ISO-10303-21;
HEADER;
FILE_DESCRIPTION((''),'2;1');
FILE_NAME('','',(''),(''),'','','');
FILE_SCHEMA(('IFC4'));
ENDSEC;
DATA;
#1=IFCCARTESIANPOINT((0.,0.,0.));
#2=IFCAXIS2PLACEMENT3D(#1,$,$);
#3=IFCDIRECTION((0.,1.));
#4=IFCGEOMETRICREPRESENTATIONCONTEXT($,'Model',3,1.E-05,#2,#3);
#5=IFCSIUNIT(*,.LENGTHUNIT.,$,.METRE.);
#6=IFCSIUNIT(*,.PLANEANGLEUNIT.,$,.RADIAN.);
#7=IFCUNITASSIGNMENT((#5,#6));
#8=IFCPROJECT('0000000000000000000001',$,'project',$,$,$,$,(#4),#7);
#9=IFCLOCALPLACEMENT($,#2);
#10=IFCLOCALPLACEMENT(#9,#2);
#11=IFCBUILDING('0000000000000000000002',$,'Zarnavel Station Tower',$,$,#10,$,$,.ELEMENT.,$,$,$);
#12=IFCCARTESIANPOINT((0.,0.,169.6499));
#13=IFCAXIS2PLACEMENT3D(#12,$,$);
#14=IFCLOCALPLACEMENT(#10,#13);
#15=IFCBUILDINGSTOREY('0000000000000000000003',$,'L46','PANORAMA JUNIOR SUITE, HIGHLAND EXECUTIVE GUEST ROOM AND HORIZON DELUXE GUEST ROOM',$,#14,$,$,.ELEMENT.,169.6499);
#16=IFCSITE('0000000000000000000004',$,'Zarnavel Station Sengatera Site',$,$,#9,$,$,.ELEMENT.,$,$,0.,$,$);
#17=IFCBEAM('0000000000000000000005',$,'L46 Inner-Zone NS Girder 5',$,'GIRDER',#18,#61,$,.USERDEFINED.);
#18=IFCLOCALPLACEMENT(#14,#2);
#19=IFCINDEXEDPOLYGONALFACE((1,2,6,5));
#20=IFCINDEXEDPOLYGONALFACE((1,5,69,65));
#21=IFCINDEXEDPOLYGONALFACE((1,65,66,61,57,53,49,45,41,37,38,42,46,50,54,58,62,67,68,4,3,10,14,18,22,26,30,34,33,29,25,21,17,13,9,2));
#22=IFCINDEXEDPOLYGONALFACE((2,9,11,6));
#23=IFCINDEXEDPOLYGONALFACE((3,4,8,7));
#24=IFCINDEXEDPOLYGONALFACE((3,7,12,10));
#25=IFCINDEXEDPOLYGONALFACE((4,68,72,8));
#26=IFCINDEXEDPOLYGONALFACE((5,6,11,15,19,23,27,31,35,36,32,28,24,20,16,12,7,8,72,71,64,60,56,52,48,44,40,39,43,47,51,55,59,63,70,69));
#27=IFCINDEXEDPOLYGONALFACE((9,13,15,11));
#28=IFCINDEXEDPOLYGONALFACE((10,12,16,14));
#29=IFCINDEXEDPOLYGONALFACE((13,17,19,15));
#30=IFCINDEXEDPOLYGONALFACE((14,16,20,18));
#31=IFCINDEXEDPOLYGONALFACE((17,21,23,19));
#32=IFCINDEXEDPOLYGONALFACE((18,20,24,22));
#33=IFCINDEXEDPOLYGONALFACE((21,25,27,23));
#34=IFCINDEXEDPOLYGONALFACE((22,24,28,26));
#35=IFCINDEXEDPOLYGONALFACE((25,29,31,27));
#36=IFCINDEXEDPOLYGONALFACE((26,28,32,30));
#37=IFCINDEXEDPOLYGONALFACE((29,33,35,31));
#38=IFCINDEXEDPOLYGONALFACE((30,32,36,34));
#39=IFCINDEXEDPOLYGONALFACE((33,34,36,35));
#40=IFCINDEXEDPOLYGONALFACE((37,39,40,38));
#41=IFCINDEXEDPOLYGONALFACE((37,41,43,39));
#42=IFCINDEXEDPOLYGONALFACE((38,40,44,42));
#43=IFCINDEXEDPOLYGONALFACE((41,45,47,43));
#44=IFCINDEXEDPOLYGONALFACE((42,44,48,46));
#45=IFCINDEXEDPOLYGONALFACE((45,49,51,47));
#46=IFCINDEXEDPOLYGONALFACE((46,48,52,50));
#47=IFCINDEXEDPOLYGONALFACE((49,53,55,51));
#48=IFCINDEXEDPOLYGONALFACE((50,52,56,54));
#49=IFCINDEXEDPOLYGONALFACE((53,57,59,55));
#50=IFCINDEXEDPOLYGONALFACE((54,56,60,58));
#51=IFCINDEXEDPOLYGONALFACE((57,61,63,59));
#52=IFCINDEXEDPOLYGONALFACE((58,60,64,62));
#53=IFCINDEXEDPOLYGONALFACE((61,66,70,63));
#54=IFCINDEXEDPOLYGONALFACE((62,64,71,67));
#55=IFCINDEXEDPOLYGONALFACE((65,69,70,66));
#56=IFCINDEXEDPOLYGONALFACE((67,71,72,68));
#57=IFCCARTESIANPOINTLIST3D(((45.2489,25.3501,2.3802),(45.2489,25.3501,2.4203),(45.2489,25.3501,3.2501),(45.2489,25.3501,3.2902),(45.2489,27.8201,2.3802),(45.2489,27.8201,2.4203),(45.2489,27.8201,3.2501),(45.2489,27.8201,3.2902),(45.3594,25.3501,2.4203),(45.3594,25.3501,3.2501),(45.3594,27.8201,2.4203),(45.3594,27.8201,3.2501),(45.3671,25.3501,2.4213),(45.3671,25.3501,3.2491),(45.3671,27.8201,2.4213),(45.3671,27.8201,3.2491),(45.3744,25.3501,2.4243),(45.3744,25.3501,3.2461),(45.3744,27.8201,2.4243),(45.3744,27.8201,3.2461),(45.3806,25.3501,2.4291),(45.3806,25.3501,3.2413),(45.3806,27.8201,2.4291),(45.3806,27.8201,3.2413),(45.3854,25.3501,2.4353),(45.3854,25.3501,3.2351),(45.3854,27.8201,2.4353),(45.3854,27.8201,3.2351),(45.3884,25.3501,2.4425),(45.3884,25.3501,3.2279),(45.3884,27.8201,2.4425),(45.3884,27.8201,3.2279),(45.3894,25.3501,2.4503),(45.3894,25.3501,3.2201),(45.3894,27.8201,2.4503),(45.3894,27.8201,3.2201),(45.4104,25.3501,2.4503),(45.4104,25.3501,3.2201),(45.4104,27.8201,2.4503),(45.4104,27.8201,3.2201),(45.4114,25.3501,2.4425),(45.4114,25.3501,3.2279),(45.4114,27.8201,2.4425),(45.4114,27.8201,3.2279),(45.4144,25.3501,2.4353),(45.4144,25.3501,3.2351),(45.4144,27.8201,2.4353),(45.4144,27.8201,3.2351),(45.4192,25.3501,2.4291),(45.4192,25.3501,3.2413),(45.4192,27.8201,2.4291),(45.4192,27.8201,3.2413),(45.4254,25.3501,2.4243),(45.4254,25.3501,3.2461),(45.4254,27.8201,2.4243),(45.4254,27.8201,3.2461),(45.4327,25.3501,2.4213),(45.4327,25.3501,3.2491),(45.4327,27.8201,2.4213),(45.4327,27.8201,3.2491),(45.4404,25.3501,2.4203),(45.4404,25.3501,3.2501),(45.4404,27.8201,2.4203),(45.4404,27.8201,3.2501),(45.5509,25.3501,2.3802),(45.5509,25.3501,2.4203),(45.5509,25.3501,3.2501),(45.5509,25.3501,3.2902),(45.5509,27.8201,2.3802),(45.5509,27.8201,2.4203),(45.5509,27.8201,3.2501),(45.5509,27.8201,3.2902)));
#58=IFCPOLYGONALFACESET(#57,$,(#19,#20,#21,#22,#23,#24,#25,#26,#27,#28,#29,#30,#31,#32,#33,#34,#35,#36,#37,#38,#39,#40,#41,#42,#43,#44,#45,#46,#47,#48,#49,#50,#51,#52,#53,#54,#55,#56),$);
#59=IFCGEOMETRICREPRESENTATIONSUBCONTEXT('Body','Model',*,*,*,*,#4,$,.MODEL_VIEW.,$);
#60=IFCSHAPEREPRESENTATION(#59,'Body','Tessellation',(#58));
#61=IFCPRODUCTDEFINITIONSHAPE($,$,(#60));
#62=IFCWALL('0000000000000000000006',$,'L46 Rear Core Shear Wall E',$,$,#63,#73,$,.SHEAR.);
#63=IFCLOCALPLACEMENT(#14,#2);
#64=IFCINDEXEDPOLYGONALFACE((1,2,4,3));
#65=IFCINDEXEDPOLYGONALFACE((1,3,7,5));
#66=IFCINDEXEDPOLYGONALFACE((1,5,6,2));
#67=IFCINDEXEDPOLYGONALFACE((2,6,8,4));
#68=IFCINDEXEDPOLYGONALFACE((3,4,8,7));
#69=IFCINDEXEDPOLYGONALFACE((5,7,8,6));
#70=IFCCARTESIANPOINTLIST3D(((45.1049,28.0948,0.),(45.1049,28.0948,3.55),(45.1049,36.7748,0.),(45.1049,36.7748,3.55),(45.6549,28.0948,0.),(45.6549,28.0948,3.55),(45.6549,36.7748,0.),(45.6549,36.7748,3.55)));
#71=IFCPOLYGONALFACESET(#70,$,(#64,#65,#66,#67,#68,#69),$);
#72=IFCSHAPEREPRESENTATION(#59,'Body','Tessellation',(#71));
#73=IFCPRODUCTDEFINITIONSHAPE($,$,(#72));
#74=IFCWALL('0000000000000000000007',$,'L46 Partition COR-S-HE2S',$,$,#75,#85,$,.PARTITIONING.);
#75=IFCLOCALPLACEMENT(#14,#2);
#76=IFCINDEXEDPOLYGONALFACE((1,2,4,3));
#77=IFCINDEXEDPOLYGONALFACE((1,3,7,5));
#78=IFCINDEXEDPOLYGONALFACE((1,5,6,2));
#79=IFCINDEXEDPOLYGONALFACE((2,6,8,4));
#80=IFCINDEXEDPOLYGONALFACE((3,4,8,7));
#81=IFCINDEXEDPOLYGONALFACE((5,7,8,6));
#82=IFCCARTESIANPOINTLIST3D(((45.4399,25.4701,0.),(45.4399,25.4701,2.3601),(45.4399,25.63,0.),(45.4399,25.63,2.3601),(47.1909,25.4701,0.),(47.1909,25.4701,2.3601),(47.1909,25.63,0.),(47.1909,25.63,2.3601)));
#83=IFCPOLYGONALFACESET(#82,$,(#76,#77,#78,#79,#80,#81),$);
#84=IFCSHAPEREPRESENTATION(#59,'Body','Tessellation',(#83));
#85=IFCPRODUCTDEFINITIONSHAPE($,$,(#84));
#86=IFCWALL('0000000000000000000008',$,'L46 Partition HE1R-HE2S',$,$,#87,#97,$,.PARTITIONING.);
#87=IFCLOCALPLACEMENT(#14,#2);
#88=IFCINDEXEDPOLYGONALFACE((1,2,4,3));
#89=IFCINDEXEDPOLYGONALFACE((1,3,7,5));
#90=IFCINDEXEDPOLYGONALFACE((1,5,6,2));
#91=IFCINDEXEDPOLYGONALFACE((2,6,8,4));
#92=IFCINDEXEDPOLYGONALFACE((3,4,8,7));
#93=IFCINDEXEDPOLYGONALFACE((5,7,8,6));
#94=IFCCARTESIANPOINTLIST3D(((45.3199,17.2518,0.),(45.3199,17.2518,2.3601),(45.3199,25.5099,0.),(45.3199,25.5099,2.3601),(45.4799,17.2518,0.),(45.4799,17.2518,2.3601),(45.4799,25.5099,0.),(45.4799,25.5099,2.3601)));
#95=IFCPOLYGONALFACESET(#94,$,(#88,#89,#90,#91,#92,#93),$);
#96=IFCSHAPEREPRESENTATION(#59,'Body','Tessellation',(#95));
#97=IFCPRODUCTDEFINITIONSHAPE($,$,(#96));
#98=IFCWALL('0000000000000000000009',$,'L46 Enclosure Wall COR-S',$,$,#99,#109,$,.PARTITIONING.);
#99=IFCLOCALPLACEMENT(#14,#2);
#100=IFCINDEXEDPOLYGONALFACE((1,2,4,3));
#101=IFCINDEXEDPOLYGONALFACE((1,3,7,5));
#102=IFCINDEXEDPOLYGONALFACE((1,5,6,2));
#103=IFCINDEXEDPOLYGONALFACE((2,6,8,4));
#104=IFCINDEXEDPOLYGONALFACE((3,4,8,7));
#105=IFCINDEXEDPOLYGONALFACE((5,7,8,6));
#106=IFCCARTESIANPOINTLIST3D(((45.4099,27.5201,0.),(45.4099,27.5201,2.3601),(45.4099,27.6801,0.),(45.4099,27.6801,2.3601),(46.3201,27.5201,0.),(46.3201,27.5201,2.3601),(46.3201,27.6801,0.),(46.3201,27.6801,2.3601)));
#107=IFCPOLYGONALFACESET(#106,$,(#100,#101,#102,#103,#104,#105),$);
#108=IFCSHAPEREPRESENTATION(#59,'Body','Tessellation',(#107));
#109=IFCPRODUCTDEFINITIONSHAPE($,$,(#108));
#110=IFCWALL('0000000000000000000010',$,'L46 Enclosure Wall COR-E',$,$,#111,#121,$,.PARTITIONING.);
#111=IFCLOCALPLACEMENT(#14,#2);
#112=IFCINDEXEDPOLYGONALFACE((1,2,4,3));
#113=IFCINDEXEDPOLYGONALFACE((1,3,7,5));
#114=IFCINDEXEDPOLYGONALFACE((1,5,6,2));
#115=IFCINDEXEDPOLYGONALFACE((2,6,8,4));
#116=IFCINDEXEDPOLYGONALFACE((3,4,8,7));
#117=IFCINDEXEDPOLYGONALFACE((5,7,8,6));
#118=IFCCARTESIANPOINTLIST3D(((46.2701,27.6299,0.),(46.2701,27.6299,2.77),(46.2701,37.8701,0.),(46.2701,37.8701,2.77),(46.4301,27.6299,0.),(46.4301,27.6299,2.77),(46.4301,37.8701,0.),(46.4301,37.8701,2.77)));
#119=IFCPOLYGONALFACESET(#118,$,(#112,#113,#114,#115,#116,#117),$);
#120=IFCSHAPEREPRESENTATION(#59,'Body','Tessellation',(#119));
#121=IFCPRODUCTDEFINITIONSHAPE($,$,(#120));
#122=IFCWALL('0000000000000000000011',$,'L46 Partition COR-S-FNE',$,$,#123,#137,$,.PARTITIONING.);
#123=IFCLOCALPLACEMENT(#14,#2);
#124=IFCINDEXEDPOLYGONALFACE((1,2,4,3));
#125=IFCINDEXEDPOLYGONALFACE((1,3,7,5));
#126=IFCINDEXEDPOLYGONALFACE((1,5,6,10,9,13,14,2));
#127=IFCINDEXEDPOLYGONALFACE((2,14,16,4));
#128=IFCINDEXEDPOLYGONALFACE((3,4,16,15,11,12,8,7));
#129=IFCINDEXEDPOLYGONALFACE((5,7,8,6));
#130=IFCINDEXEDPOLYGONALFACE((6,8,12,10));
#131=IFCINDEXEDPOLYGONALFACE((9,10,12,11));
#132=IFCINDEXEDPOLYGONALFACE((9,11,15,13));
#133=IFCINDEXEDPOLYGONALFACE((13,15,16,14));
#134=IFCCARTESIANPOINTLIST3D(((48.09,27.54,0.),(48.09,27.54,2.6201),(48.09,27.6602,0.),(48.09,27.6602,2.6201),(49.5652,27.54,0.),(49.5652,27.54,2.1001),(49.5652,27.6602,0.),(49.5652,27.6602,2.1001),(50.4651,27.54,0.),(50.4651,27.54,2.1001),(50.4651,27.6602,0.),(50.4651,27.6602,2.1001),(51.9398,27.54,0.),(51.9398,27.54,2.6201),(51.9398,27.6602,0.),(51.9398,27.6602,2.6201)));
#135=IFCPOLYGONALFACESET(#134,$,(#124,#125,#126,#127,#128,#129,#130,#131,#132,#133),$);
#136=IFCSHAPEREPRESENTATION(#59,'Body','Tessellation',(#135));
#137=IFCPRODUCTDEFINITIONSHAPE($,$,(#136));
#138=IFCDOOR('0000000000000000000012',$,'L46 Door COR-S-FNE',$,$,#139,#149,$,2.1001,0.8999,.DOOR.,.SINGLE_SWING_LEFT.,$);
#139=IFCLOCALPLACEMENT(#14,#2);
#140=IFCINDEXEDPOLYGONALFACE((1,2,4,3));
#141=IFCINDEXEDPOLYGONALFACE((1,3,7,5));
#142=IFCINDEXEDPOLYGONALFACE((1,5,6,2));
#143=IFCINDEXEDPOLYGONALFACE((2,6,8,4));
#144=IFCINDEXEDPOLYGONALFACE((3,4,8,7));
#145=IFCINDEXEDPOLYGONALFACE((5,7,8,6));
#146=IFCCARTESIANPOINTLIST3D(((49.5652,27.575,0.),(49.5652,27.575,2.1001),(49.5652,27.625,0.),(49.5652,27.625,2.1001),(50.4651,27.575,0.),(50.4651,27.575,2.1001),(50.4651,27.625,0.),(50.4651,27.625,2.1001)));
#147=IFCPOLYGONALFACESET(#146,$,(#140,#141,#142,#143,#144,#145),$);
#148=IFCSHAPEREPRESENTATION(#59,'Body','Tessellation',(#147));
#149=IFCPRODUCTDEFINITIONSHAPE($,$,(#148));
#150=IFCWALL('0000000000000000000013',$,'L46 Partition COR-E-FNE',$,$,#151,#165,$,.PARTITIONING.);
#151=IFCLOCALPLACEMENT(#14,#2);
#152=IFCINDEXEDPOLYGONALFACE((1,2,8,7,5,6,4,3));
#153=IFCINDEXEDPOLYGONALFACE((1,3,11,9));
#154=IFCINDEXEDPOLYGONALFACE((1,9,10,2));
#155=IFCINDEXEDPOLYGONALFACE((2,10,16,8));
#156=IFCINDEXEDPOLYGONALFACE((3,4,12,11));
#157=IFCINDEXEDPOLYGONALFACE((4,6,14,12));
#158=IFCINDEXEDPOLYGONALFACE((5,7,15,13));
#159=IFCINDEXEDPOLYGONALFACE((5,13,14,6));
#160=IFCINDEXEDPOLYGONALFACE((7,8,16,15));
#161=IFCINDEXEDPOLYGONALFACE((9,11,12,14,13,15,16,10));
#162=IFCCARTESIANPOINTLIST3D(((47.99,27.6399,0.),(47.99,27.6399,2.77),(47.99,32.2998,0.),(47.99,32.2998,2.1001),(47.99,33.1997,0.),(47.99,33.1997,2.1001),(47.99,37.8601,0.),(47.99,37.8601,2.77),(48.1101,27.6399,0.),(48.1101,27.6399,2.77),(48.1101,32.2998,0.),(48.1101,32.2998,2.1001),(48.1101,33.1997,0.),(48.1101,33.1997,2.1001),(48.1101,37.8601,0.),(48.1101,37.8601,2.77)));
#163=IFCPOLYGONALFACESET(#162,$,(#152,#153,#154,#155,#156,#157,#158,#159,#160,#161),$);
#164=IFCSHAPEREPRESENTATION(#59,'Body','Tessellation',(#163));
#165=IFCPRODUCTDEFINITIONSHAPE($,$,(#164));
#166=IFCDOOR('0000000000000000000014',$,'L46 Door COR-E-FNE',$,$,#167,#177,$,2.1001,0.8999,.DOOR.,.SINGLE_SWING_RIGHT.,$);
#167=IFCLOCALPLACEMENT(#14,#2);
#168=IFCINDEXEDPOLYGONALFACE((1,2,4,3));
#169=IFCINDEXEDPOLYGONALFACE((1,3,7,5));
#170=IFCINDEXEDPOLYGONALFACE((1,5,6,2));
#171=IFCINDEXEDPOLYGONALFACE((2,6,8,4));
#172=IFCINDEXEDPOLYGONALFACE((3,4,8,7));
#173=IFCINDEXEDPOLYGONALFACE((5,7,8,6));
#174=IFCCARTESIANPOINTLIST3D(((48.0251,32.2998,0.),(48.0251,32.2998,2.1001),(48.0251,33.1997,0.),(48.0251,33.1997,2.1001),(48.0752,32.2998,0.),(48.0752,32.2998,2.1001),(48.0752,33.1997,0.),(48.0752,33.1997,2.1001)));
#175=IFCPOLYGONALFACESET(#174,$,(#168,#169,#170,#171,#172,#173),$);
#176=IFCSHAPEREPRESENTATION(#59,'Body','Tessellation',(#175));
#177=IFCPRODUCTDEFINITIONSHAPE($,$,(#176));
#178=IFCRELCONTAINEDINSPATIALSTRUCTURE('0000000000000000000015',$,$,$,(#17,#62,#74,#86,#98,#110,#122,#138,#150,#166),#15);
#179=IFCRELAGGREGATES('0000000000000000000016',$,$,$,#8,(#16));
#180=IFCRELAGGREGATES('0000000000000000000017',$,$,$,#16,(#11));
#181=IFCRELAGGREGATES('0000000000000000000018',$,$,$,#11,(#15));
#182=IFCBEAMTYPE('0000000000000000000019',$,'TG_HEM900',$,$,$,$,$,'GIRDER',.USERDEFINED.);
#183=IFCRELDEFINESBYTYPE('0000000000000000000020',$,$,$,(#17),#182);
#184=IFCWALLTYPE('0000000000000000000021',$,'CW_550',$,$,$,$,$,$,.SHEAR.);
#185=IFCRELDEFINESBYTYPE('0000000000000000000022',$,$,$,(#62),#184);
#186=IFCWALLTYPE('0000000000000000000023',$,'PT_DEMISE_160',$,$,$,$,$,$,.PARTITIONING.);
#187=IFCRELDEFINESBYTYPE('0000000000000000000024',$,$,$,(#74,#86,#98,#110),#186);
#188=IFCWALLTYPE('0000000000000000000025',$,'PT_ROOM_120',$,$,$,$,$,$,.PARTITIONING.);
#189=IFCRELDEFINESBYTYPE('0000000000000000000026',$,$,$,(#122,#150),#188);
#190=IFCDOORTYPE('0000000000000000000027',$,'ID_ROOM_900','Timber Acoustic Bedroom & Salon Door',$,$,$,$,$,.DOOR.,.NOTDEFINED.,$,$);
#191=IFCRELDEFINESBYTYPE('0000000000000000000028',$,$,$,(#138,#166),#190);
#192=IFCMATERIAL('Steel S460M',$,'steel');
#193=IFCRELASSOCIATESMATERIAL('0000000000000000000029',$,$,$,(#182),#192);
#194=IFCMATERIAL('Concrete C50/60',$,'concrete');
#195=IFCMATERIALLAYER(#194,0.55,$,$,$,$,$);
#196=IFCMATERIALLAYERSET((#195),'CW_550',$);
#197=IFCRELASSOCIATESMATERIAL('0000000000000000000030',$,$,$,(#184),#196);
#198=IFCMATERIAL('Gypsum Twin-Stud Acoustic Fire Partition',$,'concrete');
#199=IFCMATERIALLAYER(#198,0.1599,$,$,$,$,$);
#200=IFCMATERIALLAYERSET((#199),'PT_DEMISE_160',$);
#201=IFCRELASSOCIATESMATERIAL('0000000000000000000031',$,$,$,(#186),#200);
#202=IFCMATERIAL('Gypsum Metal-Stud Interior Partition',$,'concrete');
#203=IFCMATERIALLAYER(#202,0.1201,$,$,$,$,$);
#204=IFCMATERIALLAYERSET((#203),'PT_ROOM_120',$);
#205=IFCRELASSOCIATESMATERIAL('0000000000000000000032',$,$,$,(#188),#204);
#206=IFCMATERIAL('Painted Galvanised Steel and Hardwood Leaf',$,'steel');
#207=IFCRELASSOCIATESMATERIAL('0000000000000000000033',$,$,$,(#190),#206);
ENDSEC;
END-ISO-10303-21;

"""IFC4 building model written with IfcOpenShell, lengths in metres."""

from ifc_helpers import new_model, si_unit, direction, frame, frame_2d, origin, origin_2d, place, context, subcontext, project, spatial, rectangle, i_section, extrude, material, layer, layer_set, material_profile, profile_set, type_object, element, fill, save


model = new_model("IFC4")

# Units and contexts
model_context = context("Model", 3, precision=1e-05, world=origin(), true_north=direction((0.0, 1.0)))
body_context = subcontext(model_context, "Body", "Model", "MODEL_VIEW")
ifc_project = project(units=[si_unit("LENGTHUNIT", "METRE"), si_unit("PLANEANGLEUNIT", "RADIAN")], contexts=[model_context])

# Site, building, storey
site_placement = place(None, origin())
site = spatial("IfcSite", under=ifc_project, at=site_placement, Name="Zarnavel Station Sengatera Site", CompositionType="ELEMENT", RefElevation=0.0)
building_placement = place(site_placement, origin())
building = spatial("IfcBuilding", under=site, at=building_placement, Name="Zarnavel Station Tower", CompositionType="ELEMENT")
storey_placement = place(building_placement, frame((0.0, 0.0, 169.6499)))
storey = spatial("IfcBuildingStorey", under=building, at=storey_placement, Name="L46", Description="PANORAMA JUNIOR SUITE, HIGHLAND EXECUTIVE GUEST ROOM AND HORIZON DELUXE GUEST ROOM", CompositionType="ELEMENT", Elevation=169.6499)

# Beam
ifc_material_1 = material(Name="Steel S460M", Category="steel")
ifc_material_profile_1 = material_profile(ifc_material_1, i_section(OverallWidth=0.302, OverallDepth=0.9099, WebThickness=0.021, FlangeThickness=0.04, FilletRadius=0.03, at=origin_2d()), Name="HEM900")
ifc_profile_set_1 = profile_set([ifc_material_profile_1], Name="Steel S460M")
beam_type_1 = type_object("IfcBeamType", Name="TG_HEM900", ElementType="GIRDER", PredefinedType="USERDEFINED", material=ifc_profile_set_1)
beam_1_placement = place(storey_placement, frame((45.3999, 25.3501, 2.8352), z_axis=(0.0, 1.0, 0.0), x_axis=(-1.0, 0.0, 0.0)))
element("IfcBeam", 1, at=beam_1_placement, inside=storey, type_object=beam_type_1, Name="L46 Inner-Zone NS Girder 5", ObjectType="GIRDER", PredefinedType="USERDEFINED", context=body_context, shape_type="SweptSolid", body=[
    extrude(i_section(OverallWidth=0.302, OverallDepth=0.9099, WebThickness=0.021, FlangeThickness=0.04, FilletRadius=0.03, at=origin_2d()), origin(), (0.0, 0.0, 1.0), 2.47),
])

# Shared definitions
ifc_material_2 = material(Name="Concrete C50/60", Category="concrete")
ifc_layer_1 = layer(ifc_material_2, 0.55)
ifc_layer_set_1 = layer_set([ifc_layer_1], Name="CW_550")
wall_type_1 = type_object("IfcWallType", Name="CW_550", PredefinedType="SHEAR", material=ifc_layer_set_1)

# Wall
wall_1_placement = place(storey_placement, frame((45.3799, 28.095, 0.0), z_axis=(0.0, 0.0, 1.0), x_axis=(0.0, 1.0, 0.0)))
element("IfcWall", 2, at=wall_1_placement, inside=storey, type_object=wall_type_1, Name="L46 Rear Core Shear Wall E", PredefinedType="SHEAR", context=body_context, shape_type="SweptSolid", body=[
    extrude(rectangle(XDim=8.6799, YDim=0.55, at=frame_2d((4.3398, 0.0))), origin(), (0.0, 0.0, 1.0), 3.55),
])

# Shared definitions
ifc_material_3 = material(Name="Gypsum Twin-Stud Acoustic Fire Partition", Category="concrete")
ifc_layer_2 = layer(ifc_material_3, 0.1599)
ifc_layer_set_2 = layer_set([ifc_layer_2], Name="PT_DEMISE_160")
wall_type_2 = type_object("IfcWallType", Name="PT_DEMISE_160", PredefinedType="PARTITIONING", material=ifc_layer_set_2)

# Walls
wall_2_placement = place(storey_placement, frame((45.4399, 25.55, 0.0), z_axis=(0.0, 0.0, 1.0), x_axis=(1.0, 0.0, 0.0)))
element("IfcWall", 3, at=wall_2_placement, inside=storey, type_object=wall_type_2, Name="L46 Partition COR-S-HE2S", PredefinedType="PARTITIONING", context=body_context, shape_type="SweptSolid", body=[
    extrude(rectangle(XDim=1.751, YDim=0.1599, at=frame_2d((0.8755, 0.0))), origin(), (0.0, 0.0, 1.0), 2.3601),
])
wall_3_placement = place(storey_placement, frame((45.3999, 17.252, 0.0), z_axis=(0.0, 0.0, 1.0), x_axis=(0.0, 1.0, 0.0)))
element("IfcWall", 4, at=wall_3_placement, inside=storey, type_object=wall_type_2, Name="L46 Partition HE1R-HE2S", PredefinedType="PARTITIONING", context=body_context, shape_type="SweptSolid", body=[
    extrude(rectangle(XDim=8.2581, YDim=0.1599, at=frame_2d((4.1289, 0.0))), origin(), (0.0, 0.0, 1.0), 2.3601),
])
wall_4_placement = place(storey_placement, frame((45.4099, 27.6001, 0.0), z_axis=(0.0, 0.0, 1.0), x_axis=(1.0, 0.0, 0.0)))
element("IfcWall", 5, at=wall_4_placement, inside=storey, type_object=wall_type_2, Name="L46 Enclosure Wall COR-S", PredefinedType="PARTITIONING", context=body_context, shape_type="SweptSolid", body=[
    extrude(rectangle(XDim=0.9102, YDim=0.1599, at=frame_2d((0.4551, 0.0))), origin(), (0.0, 0.0, 1.0), 2.3601),
])
wall_5_placement = place(storey_placement, frame((46.3501, 27.6299, 0.0), z_axis=(0.0, 0.0, 1.0), x_axis=(0.0, 1.0, 0.0)))
element("IfcWall", 6, at=wall_5_placement, inside=storey, type_object=wall_type_2, Name="L46 Enclosure Wall COR-E", PredefinedType="PARTITIONING", context=body_context, shape_type="SweptSolid", body=[
    extrude(rectangle(XDim=10.2402, YDim=0.1599, at=frame_2d((5.1201, 0.0))), origin(), (0.0, 0.0, 1.0), 2.77),
])

# Walls, openings, doors
ifc_material_4 = material(Name="Gypsum Metal-Stud Interior Partition", Category="concrete")
ifc_layer_3 = layer(ifc_material_4, 0.1201)
ifc_layer_set_3 = layer_set([ifc_layer_3], Name="PT_ROOM_120")
wall_type_3 = type_object("IfcWallType", Name="PT_ROOM_120", PredefinedType="PARTITIONING", material=ifc_layer_set_3)
wall_6_placement = place(storey_placement, frame((48.0901, 27.6001, 0.0), z_axis=(0.0, 0.0, 1.0), x_axis=(1.0, 0.0, 0.0)))
wall_6 = element("IfcWall", 7, at=wall_6_placement, inside=storey, type_object=wall_type_3, Name="L46 Partition COR-S-FNE", PredefinedType="PARTITIONING", context=body_context, shape_type="SweptSolid", body=[
    extrude(rectangle(XDim=3.8499, YDim=0.1201, at=frame_2d((1.9248, 0.0))), origin(), (0.0, 0.0, 1.0), 2.6201),
])
opening_1_placement = place(wall_6_placement, frame((1.4751, 0.0, 0.0)))
opening_1 = element("IfcOpeningElement", 8, at=opening_1_placement, cuts=wall_6, PredefinedType="OPENING", context=body_context, shape_type="SweptSolid", body=[
    extrude(rectangle(XDim=0.8999, YDim=2.1001, at=frame_2d((0.45, 1.05))), frame((0.0, 0.0701, 0.0), z_axis=(0.0, -1.0, 0.0), x_axis=(1.0, 0.0, 0.0)), (0.0, 0.0, 1.0), 0.1401),
])
ifc_material_5 = material(Name="Painted Galvanised Steel and Hardwood Leaf", Category="steel")
door_type_1 = type_object("IfcDoorType", Name="ID_ROOM_900", Description="Timber Acoustic Bedroom & Salon Door", OperationType="NOTDEFINED", PredefinedType="DOOR", material=ifc_material_5)
door_1_placement = place(opening_1_placement, origin())
door_1 = element("IfcDoor", 9, at=door_1_placement, inside=storey, type_object=door_type_1, Name="L46 Door COR-S-FNE", OperationType="SINGLE_SWING_LEFT", OverallHeight=2.1001, OverallWidth=0.8999, PredefinedType="DOOR", context=body_context, shape_type="SweptSolid", body=[
    extrude(rectangle(XDim=0.8999, YDim=2.1001, at=frame_2d((0.45, 1.05))), frame((0.0, 0.0249, 0.0), z_axis=(0.0, -1.0, 0.0), x_axis=(1.0, 0.0, 0.0)), (0.0, 0.0, 1.0), 0.05),
])
fill(opening_1, door_1)
wall_7_placement = place(storey_placement, frame((48.05, 27.6399, 0.0), z_axis=(0.0, 0.0, 1.0), x_axis=(0.0, 1.0, 0.0)))
wall_7 = element("IfcWall", 10, at=wall_7_placement, inside=storey, type_object=wall_type_3, Name="L46 Partition COR-E-FNE", PredefinedType="PARTITIONING", context=body_context, shape_type="SweptSolid", body=[
    extrude(rectangle(XDim=10.2202, YDim=0.1201, at=frame_2d((5.1101, 0.0))), origin(), (0.0, 0.0, 1.0), 2.77),
])
opening_2_placement = place(wall_7_placement, frame((4.6599, 0.0, 0.0)))
opening_2 = element("IfcOpeningElement", 11, at=opening_2_placement, cuts=wall_7, PredefinedType="OPENING", context=body_context, shape_type="SweptSolid", body=[
    extrude(rectangle(XDim=0.8999, YDim=2.1001, at=frame_2d((0.45, 1.05))), frame((0.0, 0.0701, 0.0), z_axis=(0.0, -1.0, 0.0), x_axis=(1.0, 0.0, 0.0)), (0.0, 0.0, 1.0), 0.1401),
])
door_2_placement = place(opening_2_placement, origin())
door_2 = element("IfcDoor", 12, at=door_2_placement, inside=storey, type_object=door_type_1, Name="L46 Door COR-E-FNE", OperationType="SINGLE_SWING_RIGHT", OverallHeight=2.1001, OverallWidth=0.8999, PredefinedType="DOOR", context=body_context, shape_type="SweptSolid", body=[
    extrude(rectangle(XDim=0.8999, YDim=2.1001, at=frame_2d((0.45, 1.05))), frame((0.0, 0.0249, 0.0), z_axis=(0.0, -1.0, 0.0), x_axis=(1.0, 0.0, 0.0)), (0.0, 0.0, 1.0), 0.05),
])
fill(opening_2, door_2)

save(model, "model.ifc")
